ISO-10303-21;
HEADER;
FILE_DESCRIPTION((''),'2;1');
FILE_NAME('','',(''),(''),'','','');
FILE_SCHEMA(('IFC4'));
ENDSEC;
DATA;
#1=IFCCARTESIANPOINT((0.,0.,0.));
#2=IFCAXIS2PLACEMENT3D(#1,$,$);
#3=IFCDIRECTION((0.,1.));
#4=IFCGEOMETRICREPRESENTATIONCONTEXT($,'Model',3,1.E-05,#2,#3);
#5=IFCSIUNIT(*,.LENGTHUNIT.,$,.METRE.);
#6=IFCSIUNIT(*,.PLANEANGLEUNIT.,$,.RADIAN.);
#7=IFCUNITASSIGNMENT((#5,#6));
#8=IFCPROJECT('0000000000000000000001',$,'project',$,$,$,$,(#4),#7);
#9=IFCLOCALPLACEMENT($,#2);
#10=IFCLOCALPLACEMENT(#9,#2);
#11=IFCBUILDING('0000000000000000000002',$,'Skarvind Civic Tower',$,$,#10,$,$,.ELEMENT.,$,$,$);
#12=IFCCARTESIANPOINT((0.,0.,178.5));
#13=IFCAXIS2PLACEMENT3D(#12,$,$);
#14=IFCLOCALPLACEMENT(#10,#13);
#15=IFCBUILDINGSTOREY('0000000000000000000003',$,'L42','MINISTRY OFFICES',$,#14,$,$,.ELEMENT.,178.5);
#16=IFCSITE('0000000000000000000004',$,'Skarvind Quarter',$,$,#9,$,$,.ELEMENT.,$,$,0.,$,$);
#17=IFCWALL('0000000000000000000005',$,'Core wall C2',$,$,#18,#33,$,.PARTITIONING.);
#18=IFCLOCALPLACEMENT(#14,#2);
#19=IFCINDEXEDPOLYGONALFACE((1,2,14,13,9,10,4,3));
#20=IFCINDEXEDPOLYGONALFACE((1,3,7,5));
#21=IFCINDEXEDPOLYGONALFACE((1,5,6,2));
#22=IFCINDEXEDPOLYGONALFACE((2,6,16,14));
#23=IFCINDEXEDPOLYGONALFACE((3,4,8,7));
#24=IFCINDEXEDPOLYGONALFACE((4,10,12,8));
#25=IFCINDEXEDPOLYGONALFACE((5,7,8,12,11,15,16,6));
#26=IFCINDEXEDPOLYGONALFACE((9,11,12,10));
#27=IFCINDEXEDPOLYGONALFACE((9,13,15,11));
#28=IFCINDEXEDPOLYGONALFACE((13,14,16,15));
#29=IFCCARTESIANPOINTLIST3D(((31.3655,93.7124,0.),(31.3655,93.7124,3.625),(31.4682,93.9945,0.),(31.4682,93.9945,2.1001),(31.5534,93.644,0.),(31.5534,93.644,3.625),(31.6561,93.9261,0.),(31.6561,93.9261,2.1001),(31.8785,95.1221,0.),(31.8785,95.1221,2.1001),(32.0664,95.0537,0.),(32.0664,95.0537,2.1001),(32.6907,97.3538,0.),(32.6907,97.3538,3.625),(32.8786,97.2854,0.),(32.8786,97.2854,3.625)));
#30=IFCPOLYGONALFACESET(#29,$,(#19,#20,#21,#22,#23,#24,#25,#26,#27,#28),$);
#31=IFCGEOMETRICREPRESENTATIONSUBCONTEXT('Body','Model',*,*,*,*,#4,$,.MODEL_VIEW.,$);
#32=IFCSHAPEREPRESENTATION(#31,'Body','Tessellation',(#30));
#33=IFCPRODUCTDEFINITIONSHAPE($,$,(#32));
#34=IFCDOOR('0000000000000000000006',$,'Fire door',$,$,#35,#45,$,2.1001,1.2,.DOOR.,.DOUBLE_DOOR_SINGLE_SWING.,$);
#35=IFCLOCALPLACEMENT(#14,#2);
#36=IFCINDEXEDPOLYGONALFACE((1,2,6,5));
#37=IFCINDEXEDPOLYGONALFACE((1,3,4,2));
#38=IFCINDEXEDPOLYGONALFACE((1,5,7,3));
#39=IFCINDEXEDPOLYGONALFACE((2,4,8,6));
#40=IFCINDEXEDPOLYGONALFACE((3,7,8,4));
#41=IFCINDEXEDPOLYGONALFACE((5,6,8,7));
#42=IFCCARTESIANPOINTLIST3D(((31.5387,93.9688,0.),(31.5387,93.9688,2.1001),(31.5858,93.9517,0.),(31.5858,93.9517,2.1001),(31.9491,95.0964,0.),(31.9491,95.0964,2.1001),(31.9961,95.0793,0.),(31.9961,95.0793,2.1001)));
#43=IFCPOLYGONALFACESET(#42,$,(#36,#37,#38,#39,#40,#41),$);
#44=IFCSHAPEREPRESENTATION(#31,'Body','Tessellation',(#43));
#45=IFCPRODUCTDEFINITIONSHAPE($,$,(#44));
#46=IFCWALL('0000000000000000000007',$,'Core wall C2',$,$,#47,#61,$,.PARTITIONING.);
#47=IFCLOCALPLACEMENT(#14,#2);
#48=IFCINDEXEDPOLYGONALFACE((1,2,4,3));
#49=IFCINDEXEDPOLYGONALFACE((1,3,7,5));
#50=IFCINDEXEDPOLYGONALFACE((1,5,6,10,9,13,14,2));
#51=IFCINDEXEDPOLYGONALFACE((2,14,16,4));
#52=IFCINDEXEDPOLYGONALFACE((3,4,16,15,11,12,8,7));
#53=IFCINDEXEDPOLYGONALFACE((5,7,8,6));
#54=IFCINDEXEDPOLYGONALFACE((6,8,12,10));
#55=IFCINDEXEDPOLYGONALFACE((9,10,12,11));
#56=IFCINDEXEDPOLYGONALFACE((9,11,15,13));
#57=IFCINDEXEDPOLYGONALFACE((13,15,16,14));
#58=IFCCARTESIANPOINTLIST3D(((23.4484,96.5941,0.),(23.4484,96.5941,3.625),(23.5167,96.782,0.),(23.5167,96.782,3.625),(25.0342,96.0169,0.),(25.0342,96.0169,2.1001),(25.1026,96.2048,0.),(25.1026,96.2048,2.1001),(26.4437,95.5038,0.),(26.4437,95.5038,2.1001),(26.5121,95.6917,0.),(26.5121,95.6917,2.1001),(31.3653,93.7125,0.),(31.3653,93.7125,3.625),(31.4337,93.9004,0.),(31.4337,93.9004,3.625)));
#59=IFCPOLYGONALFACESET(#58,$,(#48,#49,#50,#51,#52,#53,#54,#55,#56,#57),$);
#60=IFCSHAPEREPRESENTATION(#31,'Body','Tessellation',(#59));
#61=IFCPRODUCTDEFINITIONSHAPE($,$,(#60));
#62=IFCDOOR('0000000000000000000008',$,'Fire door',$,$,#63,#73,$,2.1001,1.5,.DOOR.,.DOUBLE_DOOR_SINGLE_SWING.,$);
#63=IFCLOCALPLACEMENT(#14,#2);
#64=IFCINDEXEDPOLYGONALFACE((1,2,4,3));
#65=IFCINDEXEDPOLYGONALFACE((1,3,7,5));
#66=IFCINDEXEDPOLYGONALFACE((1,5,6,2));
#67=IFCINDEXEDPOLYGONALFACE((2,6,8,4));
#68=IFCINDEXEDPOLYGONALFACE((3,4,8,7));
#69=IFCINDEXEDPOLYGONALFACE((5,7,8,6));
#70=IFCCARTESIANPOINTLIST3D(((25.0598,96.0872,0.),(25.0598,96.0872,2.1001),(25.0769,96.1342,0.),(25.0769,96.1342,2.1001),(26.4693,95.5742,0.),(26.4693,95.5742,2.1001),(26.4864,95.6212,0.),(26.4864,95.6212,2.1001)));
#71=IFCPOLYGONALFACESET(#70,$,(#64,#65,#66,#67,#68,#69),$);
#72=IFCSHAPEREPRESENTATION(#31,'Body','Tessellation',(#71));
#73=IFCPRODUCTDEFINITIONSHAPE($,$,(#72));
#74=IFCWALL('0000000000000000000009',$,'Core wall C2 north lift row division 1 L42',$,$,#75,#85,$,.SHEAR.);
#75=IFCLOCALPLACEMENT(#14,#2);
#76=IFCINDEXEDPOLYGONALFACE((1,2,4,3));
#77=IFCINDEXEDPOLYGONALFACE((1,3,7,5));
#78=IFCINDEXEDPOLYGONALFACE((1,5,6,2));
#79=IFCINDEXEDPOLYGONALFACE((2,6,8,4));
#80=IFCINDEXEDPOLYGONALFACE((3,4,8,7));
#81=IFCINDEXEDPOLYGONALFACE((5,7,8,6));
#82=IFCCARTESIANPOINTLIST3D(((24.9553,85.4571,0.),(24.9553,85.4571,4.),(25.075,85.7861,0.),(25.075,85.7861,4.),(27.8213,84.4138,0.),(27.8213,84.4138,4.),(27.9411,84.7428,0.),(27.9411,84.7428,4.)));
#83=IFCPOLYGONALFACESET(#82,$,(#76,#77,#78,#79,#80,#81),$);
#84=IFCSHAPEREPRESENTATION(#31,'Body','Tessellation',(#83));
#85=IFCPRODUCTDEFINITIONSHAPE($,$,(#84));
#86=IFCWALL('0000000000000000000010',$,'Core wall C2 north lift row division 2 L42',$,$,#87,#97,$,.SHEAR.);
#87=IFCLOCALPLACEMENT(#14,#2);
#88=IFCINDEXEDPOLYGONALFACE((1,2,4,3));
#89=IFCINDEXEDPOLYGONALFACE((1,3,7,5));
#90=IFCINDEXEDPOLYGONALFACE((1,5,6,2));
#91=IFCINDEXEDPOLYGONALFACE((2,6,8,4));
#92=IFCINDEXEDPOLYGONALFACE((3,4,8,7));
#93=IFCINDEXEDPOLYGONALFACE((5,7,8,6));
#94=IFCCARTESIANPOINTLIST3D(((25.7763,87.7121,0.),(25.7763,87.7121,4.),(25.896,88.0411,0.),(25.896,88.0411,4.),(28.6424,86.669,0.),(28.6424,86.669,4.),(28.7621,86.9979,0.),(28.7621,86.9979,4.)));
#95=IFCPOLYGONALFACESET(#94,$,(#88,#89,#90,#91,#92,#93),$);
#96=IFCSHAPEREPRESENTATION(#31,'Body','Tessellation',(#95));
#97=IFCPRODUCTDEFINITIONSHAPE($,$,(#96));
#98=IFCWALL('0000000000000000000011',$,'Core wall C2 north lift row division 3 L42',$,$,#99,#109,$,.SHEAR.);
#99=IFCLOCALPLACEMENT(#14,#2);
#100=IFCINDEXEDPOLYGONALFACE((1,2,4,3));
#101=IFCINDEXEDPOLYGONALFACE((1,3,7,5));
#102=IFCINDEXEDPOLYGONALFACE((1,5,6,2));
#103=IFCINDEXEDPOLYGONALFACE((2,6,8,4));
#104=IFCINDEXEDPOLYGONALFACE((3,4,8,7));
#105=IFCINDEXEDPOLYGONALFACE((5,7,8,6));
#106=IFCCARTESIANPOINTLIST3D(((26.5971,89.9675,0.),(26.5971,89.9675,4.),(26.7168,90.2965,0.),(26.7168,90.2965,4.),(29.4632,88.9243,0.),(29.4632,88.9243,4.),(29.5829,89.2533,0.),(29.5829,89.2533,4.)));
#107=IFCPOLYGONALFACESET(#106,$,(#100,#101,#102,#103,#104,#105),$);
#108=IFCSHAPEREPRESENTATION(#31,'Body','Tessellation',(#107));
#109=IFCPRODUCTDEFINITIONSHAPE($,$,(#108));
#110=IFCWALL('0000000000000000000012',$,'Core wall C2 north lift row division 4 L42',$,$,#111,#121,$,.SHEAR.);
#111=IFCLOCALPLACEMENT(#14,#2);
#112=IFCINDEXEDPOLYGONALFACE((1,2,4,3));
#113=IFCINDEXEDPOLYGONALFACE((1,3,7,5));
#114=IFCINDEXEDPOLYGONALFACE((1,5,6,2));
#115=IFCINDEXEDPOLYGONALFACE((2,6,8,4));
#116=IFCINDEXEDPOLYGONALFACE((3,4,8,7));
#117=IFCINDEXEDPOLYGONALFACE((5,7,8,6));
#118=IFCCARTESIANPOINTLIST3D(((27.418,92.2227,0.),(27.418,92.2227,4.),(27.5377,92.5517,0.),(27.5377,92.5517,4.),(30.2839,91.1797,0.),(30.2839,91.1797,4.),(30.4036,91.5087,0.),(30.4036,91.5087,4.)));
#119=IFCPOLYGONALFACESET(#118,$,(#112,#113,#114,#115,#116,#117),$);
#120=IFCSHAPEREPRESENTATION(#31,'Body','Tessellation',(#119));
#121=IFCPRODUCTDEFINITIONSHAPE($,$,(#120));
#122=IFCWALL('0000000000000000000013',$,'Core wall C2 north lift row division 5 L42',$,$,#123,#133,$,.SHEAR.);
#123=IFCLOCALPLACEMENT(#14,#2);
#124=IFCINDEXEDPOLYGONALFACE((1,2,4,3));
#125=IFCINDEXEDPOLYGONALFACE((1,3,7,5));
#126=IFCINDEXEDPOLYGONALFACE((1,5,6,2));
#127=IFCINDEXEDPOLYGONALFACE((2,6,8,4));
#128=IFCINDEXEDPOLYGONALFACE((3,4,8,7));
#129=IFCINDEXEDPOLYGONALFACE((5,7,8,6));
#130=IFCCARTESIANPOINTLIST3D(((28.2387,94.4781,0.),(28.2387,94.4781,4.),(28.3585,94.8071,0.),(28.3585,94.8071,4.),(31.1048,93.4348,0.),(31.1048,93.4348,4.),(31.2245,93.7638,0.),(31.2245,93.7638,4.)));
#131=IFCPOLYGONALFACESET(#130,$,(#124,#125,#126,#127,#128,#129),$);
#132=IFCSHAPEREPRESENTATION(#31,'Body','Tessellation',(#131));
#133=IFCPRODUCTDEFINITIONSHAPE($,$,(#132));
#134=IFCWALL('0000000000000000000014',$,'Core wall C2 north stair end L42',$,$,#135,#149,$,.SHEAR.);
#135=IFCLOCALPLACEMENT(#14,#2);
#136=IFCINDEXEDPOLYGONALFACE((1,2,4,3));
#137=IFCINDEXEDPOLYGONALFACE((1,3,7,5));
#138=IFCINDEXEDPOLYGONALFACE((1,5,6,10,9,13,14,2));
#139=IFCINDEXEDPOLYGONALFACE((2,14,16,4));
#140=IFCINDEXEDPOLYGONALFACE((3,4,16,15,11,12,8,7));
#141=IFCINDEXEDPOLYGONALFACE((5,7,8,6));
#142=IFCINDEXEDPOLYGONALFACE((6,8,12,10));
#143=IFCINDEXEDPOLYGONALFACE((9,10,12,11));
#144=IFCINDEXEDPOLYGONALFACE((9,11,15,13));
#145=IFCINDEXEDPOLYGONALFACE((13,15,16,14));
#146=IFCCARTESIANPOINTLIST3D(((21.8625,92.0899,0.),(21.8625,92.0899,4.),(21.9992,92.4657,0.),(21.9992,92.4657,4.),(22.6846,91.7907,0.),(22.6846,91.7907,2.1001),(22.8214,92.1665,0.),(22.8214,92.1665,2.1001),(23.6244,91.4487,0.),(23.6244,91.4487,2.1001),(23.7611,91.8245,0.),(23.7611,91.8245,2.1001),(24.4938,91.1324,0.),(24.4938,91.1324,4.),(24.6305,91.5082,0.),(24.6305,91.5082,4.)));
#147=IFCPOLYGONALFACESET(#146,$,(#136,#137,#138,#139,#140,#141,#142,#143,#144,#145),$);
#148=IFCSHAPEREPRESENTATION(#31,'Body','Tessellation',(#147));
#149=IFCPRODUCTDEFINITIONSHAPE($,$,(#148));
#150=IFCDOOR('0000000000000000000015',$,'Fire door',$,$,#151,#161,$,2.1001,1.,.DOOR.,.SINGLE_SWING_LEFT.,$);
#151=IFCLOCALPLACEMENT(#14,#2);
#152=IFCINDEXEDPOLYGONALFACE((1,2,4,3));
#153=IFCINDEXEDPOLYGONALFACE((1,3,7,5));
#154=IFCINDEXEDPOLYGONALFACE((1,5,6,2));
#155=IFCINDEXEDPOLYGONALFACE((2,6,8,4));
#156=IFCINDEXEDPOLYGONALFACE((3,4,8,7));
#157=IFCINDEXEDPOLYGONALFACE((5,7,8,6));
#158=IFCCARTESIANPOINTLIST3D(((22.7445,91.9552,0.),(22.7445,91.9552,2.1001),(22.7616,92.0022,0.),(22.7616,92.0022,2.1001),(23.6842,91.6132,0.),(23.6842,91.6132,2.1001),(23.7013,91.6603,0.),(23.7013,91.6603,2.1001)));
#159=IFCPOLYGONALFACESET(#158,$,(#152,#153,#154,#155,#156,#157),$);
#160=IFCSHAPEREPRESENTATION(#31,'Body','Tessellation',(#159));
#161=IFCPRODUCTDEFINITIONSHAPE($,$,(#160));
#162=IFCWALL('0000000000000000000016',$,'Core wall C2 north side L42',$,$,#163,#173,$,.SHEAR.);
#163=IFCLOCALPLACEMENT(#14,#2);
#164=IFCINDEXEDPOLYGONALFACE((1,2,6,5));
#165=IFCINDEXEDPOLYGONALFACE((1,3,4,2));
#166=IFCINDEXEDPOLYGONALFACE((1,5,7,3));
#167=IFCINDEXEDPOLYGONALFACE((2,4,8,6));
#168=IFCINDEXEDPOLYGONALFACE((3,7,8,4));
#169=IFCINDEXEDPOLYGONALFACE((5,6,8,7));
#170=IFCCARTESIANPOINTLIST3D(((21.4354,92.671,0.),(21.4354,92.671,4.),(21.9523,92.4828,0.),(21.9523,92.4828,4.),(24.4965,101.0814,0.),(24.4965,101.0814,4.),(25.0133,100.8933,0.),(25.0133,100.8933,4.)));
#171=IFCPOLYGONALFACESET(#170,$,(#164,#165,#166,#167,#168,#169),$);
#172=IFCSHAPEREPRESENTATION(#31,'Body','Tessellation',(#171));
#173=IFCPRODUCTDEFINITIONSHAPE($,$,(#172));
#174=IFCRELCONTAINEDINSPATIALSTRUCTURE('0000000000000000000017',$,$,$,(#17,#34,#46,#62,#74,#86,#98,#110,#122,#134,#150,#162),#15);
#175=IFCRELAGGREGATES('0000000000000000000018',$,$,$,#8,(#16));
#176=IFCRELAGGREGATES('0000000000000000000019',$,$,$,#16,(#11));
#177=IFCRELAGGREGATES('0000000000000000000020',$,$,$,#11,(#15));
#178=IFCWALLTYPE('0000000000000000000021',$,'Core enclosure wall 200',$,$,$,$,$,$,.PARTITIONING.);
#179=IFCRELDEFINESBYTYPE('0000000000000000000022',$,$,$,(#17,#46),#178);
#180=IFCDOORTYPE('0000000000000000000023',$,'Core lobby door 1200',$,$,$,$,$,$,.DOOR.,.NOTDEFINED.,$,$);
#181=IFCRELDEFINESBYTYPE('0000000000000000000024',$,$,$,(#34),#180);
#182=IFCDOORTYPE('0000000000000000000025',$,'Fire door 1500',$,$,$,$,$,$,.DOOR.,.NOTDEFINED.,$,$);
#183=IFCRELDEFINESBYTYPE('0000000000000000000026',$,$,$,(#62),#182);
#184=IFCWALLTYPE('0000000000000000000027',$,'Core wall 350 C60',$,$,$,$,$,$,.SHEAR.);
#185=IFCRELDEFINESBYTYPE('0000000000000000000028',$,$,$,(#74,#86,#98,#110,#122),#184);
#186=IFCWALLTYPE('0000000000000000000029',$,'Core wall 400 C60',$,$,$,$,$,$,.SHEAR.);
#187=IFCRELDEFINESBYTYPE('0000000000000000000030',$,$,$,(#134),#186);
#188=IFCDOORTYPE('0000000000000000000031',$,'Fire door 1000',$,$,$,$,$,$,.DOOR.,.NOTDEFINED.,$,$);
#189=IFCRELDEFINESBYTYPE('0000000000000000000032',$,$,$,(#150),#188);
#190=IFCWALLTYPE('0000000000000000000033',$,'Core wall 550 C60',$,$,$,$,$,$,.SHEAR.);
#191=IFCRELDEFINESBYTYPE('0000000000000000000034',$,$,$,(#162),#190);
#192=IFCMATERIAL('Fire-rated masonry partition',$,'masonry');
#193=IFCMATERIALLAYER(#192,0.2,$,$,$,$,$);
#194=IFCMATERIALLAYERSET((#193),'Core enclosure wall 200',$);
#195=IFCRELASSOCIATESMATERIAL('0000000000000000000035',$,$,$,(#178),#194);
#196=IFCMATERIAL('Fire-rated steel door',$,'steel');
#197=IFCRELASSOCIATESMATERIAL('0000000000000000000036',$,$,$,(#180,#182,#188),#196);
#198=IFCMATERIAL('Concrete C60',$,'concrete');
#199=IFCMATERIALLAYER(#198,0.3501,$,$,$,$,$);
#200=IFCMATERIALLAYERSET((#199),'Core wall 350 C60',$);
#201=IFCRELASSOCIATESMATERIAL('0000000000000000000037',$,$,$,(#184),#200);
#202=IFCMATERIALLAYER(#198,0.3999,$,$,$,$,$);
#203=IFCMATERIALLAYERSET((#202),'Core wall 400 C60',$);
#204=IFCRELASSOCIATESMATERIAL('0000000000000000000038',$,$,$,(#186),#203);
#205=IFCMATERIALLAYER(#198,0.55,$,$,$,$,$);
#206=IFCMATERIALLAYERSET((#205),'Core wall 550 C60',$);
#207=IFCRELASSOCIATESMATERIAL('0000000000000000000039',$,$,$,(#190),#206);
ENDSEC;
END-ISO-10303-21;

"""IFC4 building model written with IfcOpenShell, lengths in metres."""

from ifc_helpers import new_model, si_unit, direction, frame, frame_2d, origin, place, context, subcontext, project, spatial, rectangle, extrude, material, layer, layer_set, type_object, element, fill, save


model = new_model("IFC4")

# Units and contexts
model_context = context("Model", 3, precision=1e-05, world=origin(), true_north=direction((0.0, 1.0)))
body_context = subcontext(model_context, "Body", "Model", "MODEL_VIEW")
ifc_project = project(units=[si_unit("LENGTHUNIT", "METRE"), si_unit("PLANEANGLEUNIT", "RADIAN")], contexts=[model_context])

# Site, building, storey
site_placement = place(None, origin())
site = spatial("IfcSite", under=ifc_project, at=site_placement, Name="Skarvind Quarter", CompositionType="ELEMENT", RefElevation=0.0)
building_placement = place(site_placement, origin())
building = spatial("IfcBuilding", under=site, at=building_placement, Name="Skarvind Civic Tower", CompositionType="ELEMENT")
storey_placement = place(building_placement, frame((0.0, 0.0, 178.5)))
storey = spatial("IfcBuildingStorey", under=building, at=storey_placement, Name="L42", Description="MINISTRY OFFICES", CompositionType="ELEMENT", Elevation=178.5)

# Walls, openings, doors
ifc_material_1 = material(Name="Fire-rated masonry partition", Category="masonry")
ifc_layer_1 = layer(ifc_material_1, 0.2)
ifc_layer_set_1 = layer_set([ifc_layer_1], Name="Core enclosure wall 200")
wall_type_1 = type_object("IfcWallType", Name="Core enclosure wall 200", PredefinedType="PARTITIONING", material=ifc_layer_set_1)
wall_1_placement = place(storey_placement, frame((31.4595, 93.6782, 0.0), z_axis=(0.0, 0.0, 1.0), x_axis=(0.341986, 0.939705, 0.0)))
wall_1 = element("IfcWall", 1, at=wall_1_placement, inside=storey, type_object=wall_type_1, Name="Core wall C2", PredefinedType="PARTITIONING", context=body_context, shape_type="SweptSolid", body=[
    extrude(rectangle(XDim=3.875, YDim=0.2, at=frame_2d((1.9375, 0.0))), origin(), (0.0, 0.0, 1.0), 3.625),
])
opening_1_placement = place(wall_1_placement, frame((0.3, 0.0, 0.0)))
opening_1 = element("IfcOpeningElement", 2, at=opening_1_placement, cuts=wall_1, PredefinedType="OPENING", context=body_context, shape_type="SweptSolid", body=[
    extrude(rectangle(XDim=1.2, YDim=2.1001, at=frame_2d((0.6001, 1.05))), frame((0.0, 0.1099, 0.0), z_axis=(0.0, -1.0, 0.0), x_axis=(1.0, 0.0, 0.0)), (0.0, 0.0, 1.0), 0.22),
])
ifc_material_2 = material(Name="Fire-rated steel door", Category="steel")
door_type_1 = type_object("IfcDoorType", Name="Core lobby door 1200", OperationType="NOTDEFINED", PredefinedType="DOOR", material=ifc_material_2)
door_1_placement = place(opening_1_placement, origin())
door_1 = element("IfcDoor", 3, at=door_1_placement, inside=storey, type_object=door_type_1, Name="Fire door", OperationType="DOUBLE_DOOR_SINGLE_SWING", OverallHeight=2.1001, OverallWidth=1.2, PredefinedType="DOOR", context=body_context, shape_type="SweptSolid", body=[
    extrude(rectangle(XDim=1.2, YDim=2.1001, at=frame_2d((0.6001, 1.05))), frame((0.0, 0.0249, 0.0), z_axis=(0.0, -1.0, 0.0), x_axis=(1.0, 0.0, 0.0)), (0.0, 0.0, 1.0), 0.05),
])
fill(opening_1, door_1)
wall_2_placement = place(storey_placement, frame((23.4827, 96.688, 0.0), z_axis=(0.0, 0.0, 1.0), x_axis=(0.939691, -0.342025, 0.0)))
wall_2 = element("IfcWall", 4, at=wall_2_placement, inside=storey, type_object=wall_type_1, Name="Core wall C2", PredefinedType="PARTITIONING", context=body_context, shape_type="SweptSolid", body=[
    extrude(rectangle(XDim=8.425, YDim=0.2, at=frame_2d((4.2124, 0.0))), origin(), (0.0, 0.0, 1.0), 3.625),
])
opening_2_placement = place(wall_2_placement, frame((1.6875, 0.0, 0.0)))
opening_2 = element("IfcOpeningElement", 5, at=opening_2_placement, cuts=wall_2, PredefinedType="OPENING", context=body_context, shape_type="SweptSolid", body=[
    extrude(rectangle(XDim=1.5, YDim=2.1001, at=frame_2d((0.75, 1.05))), frame((0.0, 0.1099, 0.0), z_axis=(0.0, -1.0, 0.0), x_axis=(1.0, 0.0, 0.0)), (0.0, 0.0, 1.0), 0.22),
])
door_type_2 = type_object("IfcDoorType", Name="Fire door 1500", OperationType="NOTDEFINED", PredefinedType="DOOR", material=ifc_material_2)
door_2_placement = place(opening_2_placement, origin())
door_2 = element("IfcDoor", 6, at=door_2_placement, inside=storey, type_object=door_type_2, Name="Fire door", OperationType="DOUBLE_DOOR_SINGLE_SWING", OverallHeight=2.1001, OverallWidth=1.5, PredefinedType="DOOR", context=body_context, shape_type="SweptSolid", body=[
    extrude(rectangle(XDim=1.5, YDim=2.1001, at=frame_2d((0.75, 1.05))), frame((0.0, 0.0249, 0.0), z_axis=(0.0, -1.0, 0.0), x_axis=(1.0, 0.0, 0.0)), (0.0, 0.0, 1.0), 0.05),
])
fill(opening_2, door_2)

# Walls
ifc_material_3 = material(Name="Concrete C60", Category="concrete")
ifc_layer_2 = layer(ifc_material_3, 0.3501)
ifc_layer_set_2 = layer_set([ifc_layer_2], Name="Core wall 350 C60")
wall_type_2 = type_object("IfcWallType", Name="Core wall 350 C60", PredefinedType="SHEAR", material=ifc_layer_set_2)
for number, where, z_axis, x_axis, name in (
    (7, (27.8811, 84.5784, 0.0), (0.0, 0.0, 1.0), (-0.939684, 0.342045, 0.0), "Core wall C2 north lift row division 1 L42"),
    (8, (28.7021, 86.8335, 0.0), (0.0, 0.0, 1.0), (-0.939693, 0.342019, 0.0), "Core wall C2 north lift row division 2 L42"),
    (9, (29.5229, 89.0889, 0.0), (0.0, 0.0, 1.0), (-0.939693, 0.342019, 0.0), "Core wall C2 north lift row division 3 L42"),
):
    element("IfcWall", number, at=place(storey_placement, frame(where, z_axis=z_axis, x_axis=x_axis)), inside=storey, type_object=wall_type_2, Name=name, PredefinedType="SHEAR", context=body_context, shape_type="SweptSolid", body=[
        extrude(rectangle(XDim=3.05, YDim=0.3501, at=frame_2d((1.5249, 0.0))), origin(), (0.0, 0.0, 1.0), 4.0),
    ])
wall_3_placement = place(storey_placement, frame((30.3438, 91.3442, 0.0), z_axis=(0.0, 0.0, 1.0), x_axis=(-0.939709, 0.341974, 0.0)))
element("IfcWall", 10, at=wall_3_placement, inside=storey, type_object=wall_type_2, Name="Core wall C2 north lift row division 4 L42", PredefinedType="SHEAR", context=body_context, shape_type="SweptSolid", body=[
    extrude(rectangle(XDim=3.0498, YDim=0.3501, at=frame_2d((1.5249, 0.0))), origin(), (0.0, 0.0, 1.0), 4.0),
])
wall_4_placement = place(storey_placement, frame((31.1646, 93.5994, 0.0), z_axis=(0.0, 0.0, 1.0), x_axis=(-0.939684, 0.342045, 0.0)))
element("IfcWall", 11, at=wall_4_placement, inside=storey, type_object=wall_type_2, Name="Core wall C2 north lift row division 5 L42", PredefinedType="SHEAR", context=body_context, shape_type="SweptSolid", body=[
    extrude(rectangle(XDim=3.05, YDim=0.3501, at=frame_2d((1.5249, 0.0))), origin(), (0.0, 0.0, 1.0), 4.0),
])

# Wall, opening, door
ifc_layer_3 = layer(ifc_material_3, 0.3999)
ifc_layer_set_3 = layer_set([ifc_layer_3], Name="Core wall 400 C60")
wall_type_3 = type_object("IfcWallType", Name="Core wall 400 C60", PredefinedType="SHEAR", material=ifc_layer_set_3)
wall_5_placement = place(storey_placement, frame((24.562, 91.3203, 0.0), z_axis=(0.0, 0.0, 1.0), x_axis=(-0.939717, 0.341953, 0.0)))
wall_5 = element("IfcWall", 12, at=wall_5_placement, inside=storey, type_object=wall_type_3, Name="Core wall C2 north stair end L42", PredefinedType="SHEAR", context=body_context, shape_type="SweptSolid", body=[
    extrude(rectangle(XDim=2.8, YDim=0.3999, at=frame_2d((1.3999, 0.0))), origin(), (0.0, 0.0, 1.0), 4.0),
])
opening_3_placement = place(wall_5_placement, frame((0.925, 0.0, 0.0)))
opening_3 = element("IfcOpeningElement", 13, at=opening_3_placement, cuts=wall_5, PredefinedType="OPENING", context=body_context, shape_type="SweptSolid", body=[
    extrude(rectangle(XDim=1.0, YDim=2.1001, at=frame_2d((0.5, 1.05))), frame((0.0, 0.21, 0.0), z_axis=(0.0, -1.0, 0.0), x_axis=(1.0, 0.0, 0.0)), (0.0, 0.0, 1.0), 0.4199),
])
door_type_3 = type_object("IfcDoorType", Name="Fire door 1000", OperationType="NOTDEFINED", PredefinedType="DOOR", material=ifc_material_2)
door_3_placement = place(opening_3_placement, origin())
door_3 = element("IfcDoor", 14, at=door_3_placement, inside=storey, type_object=door_type_3, Name="Fire door", OperationType="SINGLE_SWING_LEFT", OverallHeight=2.1001, OverallWidth=1.0, PredefinedType="DOOR", context=body_context, shape_type="SweptSolid", body=[
    extrude(rectangle(XDim=1.0, YDim=2.1001, at=frame_2d((0.5, 1.05))), frame((0.0, 0.0249, 0.0), z_axis=(0.0, -1.0, 0.0), x_axis=(1.0, 0.0, 0.0)), (0.0, 0.0, 1.0), 0.05),
])
fill(opening_3, door_3)

# Wall
ifc_layer_4 = layer(ifc_material_3, 0.55)
ifc_layer_set_4 = layer_set([ifc_layer_4], Name="Core wall 550 C60")
wall_type_4 = type_object("IfcWallType", Name="Core wall 550 C60", PredefinedType="SHEAR", material=ifc_layer_set_4)
wall_6_placement = place(storey_placement, frame((21.6938, 92.5769, 0.0), z_axis=(0.0, 0.0, 1.0), x_axis=(0.34201, 0.939696, 0.0)))
element("IfcWall", 15, at=wall_6_placement, inside=storey, type_object=wall_type_4, Name="Core wall C2 north side L42", PredefinedType="SHEAR", context=body_context, shape_type="SweptSolid", body=[
    extrude(rectangle(XDim=8.9502, YDim=0.55, at=frame_2d((4.4751, 0.0))), origin(), (0.0, 0.0, 1.0), 4.0),
])

save(model, "model.ifc")
